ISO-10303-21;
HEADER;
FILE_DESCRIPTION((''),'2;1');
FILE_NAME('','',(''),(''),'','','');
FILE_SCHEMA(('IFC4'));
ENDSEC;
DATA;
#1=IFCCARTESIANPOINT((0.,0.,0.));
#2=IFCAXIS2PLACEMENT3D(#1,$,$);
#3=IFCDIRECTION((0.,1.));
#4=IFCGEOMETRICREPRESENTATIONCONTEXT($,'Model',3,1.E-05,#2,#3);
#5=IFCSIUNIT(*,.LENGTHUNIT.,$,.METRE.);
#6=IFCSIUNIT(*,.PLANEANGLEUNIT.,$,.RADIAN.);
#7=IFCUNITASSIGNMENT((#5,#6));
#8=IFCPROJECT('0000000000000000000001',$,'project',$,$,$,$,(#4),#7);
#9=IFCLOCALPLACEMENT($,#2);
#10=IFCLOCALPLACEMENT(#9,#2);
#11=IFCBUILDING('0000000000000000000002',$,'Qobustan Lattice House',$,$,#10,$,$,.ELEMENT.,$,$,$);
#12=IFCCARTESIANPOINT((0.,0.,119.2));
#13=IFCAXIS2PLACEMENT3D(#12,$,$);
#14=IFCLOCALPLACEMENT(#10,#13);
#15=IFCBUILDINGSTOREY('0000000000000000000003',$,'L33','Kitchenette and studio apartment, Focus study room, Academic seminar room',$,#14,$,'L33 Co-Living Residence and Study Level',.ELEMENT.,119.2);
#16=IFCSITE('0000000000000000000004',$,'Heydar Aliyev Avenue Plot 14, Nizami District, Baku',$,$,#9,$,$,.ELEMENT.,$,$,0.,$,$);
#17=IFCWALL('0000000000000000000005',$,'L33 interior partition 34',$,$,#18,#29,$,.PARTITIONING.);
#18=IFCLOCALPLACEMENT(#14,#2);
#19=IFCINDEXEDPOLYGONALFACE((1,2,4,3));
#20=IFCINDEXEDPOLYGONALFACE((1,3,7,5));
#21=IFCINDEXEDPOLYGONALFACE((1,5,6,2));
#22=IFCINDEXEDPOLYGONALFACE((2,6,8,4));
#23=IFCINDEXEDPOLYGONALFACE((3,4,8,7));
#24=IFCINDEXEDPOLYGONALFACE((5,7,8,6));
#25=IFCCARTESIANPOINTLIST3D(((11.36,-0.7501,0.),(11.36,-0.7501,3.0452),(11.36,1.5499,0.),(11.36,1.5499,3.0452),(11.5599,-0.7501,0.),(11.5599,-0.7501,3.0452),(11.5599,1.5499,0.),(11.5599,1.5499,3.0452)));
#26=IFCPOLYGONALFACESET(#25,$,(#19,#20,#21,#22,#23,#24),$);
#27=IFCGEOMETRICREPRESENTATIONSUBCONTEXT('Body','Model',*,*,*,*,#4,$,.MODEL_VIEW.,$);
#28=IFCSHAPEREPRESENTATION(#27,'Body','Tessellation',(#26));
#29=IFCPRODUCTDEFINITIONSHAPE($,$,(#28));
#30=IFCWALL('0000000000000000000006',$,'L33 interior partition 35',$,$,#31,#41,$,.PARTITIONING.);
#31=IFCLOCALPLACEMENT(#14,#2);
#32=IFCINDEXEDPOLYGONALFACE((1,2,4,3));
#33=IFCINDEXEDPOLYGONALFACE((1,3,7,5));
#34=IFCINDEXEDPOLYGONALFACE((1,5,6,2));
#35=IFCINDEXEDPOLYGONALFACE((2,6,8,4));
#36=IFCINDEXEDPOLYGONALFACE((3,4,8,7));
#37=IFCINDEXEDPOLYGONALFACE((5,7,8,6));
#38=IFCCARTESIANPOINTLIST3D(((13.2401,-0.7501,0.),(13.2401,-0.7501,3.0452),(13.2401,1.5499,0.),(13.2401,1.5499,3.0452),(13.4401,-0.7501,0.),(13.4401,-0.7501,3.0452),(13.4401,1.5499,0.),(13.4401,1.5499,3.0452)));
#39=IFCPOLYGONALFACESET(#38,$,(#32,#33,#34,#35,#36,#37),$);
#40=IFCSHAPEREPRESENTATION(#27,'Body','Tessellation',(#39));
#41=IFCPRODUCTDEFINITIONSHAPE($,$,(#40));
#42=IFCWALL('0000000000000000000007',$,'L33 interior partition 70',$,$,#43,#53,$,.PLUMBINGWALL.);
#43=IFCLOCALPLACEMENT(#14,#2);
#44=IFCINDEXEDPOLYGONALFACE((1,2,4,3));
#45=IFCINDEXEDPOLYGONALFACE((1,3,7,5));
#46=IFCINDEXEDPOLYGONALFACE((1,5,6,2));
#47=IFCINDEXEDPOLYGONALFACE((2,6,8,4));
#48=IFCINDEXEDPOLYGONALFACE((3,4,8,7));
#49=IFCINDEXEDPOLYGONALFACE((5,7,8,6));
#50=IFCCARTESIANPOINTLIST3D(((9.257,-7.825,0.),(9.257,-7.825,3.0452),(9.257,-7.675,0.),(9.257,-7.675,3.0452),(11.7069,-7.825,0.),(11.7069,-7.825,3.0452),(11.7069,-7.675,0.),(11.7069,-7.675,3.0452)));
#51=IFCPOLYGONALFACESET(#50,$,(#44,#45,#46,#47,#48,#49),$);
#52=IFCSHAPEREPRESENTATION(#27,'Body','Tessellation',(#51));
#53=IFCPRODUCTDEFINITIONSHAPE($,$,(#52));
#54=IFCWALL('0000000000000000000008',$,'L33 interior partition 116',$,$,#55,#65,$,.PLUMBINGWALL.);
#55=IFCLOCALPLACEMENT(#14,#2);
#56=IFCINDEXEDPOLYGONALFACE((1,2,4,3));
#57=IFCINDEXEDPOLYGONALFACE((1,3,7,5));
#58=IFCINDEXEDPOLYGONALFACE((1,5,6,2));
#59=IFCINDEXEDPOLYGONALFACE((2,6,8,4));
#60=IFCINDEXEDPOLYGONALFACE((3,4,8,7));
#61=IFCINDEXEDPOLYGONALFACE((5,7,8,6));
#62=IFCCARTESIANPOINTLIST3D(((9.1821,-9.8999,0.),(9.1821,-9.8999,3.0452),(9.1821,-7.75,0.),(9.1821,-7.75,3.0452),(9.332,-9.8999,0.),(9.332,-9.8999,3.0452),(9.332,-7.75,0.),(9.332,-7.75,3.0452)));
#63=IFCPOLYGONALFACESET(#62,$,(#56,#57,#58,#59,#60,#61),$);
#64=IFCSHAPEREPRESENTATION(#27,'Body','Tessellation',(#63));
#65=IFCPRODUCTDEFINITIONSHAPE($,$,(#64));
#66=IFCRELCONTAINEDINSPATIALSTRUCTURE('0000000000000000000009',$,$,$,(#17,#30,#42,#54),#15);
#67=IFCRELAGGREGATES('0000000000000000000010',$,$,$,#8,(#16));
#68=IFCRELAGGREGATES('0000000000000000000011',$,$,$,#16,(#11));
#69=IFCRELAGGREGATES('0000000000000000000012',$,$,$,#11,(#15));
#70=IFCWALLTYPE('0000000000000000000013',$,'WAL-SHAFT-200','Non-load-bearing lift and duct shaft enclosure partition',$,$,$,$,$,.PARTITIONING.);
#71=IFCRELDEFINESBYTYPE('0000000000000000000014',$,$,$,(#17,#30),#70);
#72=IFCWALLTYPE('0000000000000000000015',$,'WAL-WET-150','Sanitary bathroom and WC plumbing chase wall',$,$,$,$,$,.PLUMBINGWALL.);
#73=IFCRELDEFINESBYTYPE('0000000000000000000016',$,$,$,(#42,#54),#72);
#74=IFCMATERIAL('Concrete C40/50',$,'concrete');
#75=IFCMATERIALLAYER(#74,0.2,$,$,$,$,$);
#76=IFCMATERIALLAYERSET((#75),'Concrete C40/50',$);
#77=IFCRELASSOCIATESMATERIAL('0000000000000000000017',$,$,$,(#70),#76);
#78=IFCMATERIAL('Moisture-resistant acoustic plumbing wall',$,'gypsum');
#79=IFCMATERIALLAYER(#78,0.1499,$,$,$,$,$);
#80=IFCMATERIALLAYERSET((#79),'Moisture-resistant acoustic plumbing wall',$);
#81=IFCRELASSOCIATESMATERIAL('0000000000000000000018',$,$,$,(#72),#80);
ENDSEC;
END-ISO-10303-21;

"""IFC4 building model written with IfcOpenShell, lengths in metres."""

from ifc_helpers import new_model, si_unit, direction, frame, frame_2d, origin, place, context, subcontext, project, spatial, rectangle, extrude, material, layer, layer_set, type_object, element, save


model = new_model("IFC4")

# Units and contexts
model_context = context("Model", 3, precision=1e-05, world=origin(), true_north=direction((0.0, 1.0)))
body_context = subcontext(model_context, "Body", "Model", "MODEL_VIEW")
ifc_project = project(units=[si_unit("LENGTHUNIT", "METRE"), si_unit("PLANEANGLEUNIT", "RADIAN")], contexts=[model_context])

# Site, building, storey
site_placement = place(None, origin())
site = spatial("IfcSite", under=ifc_project, at=site_placement, Name="Heydar Aliyev Avenue Plot 14, Nizami District, Baku", CompositionType="ELEMENT", RefElevation=0.0)
building_placement = place(site_placement, origin())
building = spatial("IfcBuilding", under=site, at=building_placement, Name="Qobustan Lattice House", CompositionType="ELEMENT")
storey_placement = place(building_placement, frame((0.0, 0.0, 119.2)))
storey = spatial("IfcBuildingStorey", under=building, at=storey_placement, Name="L33", Description="Kitchenette and studio apartment, Focus study room, Academic seminar room", LongName="L33 Co-Living Residence and Study Level", CompositionType="ELEMENT", Elevation=119.2)

# Walls
ifc_material_1 = material(Name="Concrete C40/50", Category="concrete")
ifc_layer_1 = layer(ifc_material_1, 0.2)
ifc_layer_set_1 = layer_set([ifc_layer_1], Name="Concrete C40/50")
wall_type_1 = type_object("IfcWallType", Name="WAL-SHAFT-200", Description="Non-load-bearing lift and duct shaft enclosure partition", PredefinedType="PARTITIONING", material=ifc_layer_set_1)
for number, where, z_axis, x_axis, name in (
    (1, (11.46, -0.75, 0.0), (0.0, 0.0, 1.0), (0.0, 1.0, 0.0), "L33 interior partition 34"),
    (2, (13.3401, -0.75, 0.0), (0.0, 0.0, 1.0), (0.0, 1.0, 0.0), "L33 interior partition 35"),
):
    element("IfcWall", number, at=place(storey_placement, frame(where, z_axis=z_axis, x_axis=x_axis)), inside=storey, type_object=wall_type_1, Name=name, PredefinedType="PARTITIONING", context=body_context, shape_type="SweptSolid", body=[
        extrude(rectangle(XDim=2.3, YDim=0.2, at=frame_2d((1.1499, 0.0))), origin(), (0.0, 0.0, 1.0), 3.0452),
    ])
ifc_material_2 = material(Name="Moisture-resistant acoustic plumbing wall", Category="gypsum")
ifc_layer_2 = layer(ifc_material_2, 0.1499)
ifc_layer_set_2 = layer_set([ifc_layer_2], Name="Moisture-resistant acoustic plumbing wall")
wall_type_2 = type_object("IfcWallType", Name="WAL-WET-150", Description="Sanitary bathroom and WC plumbing chase wall", PredefinedType="PLUMBINGWALL", material=ifc_layer_set_2)
wall_1_placement = place(storey_placement, frame((11.707, -7.75, 0.0), z_axis=(0.0, 0.0, 1.0), x_axis=(-1.0, 0.0, 0.0)))
element("IfcWall", 3, at=wall_1_placement, inside=storey, type_object=wall_type_2, Name="L33 interior partition 70", PredefinedType="PLUMBINGWALL", context=body_context, shape_type="SweptSolid", body=[
    extrude(rectangle(XDim=2.45, YDim=0.1499, at=frame_2d((1.2251, 0.0))), origin(), (0.0, 0.0, 1.0), 3.0452),
])
wall_2_placement = place(storey_placement, frame((9.2571, -7.75, 0.0), z_axis=(0.0, 0.0, 1.0), x_axis=(0.0, -1.0, 0.0)))
element("IfcWall", 4, at=wall_2_placement, inside=storey, type_object=wall_type_2, Name="L33 interior partition 116", PredefinedType="PLUMBINGWALL", context=body_context, shape_type="SweptSolid", body=[
    extrude(rectangle(XDim=2.1499, YDim=0.1499, at=frame_2d((1.075, 0.0))), origin(), (0.0, 0.0, 1.0), 3.0452),
])

save(model, "model.ifc")
